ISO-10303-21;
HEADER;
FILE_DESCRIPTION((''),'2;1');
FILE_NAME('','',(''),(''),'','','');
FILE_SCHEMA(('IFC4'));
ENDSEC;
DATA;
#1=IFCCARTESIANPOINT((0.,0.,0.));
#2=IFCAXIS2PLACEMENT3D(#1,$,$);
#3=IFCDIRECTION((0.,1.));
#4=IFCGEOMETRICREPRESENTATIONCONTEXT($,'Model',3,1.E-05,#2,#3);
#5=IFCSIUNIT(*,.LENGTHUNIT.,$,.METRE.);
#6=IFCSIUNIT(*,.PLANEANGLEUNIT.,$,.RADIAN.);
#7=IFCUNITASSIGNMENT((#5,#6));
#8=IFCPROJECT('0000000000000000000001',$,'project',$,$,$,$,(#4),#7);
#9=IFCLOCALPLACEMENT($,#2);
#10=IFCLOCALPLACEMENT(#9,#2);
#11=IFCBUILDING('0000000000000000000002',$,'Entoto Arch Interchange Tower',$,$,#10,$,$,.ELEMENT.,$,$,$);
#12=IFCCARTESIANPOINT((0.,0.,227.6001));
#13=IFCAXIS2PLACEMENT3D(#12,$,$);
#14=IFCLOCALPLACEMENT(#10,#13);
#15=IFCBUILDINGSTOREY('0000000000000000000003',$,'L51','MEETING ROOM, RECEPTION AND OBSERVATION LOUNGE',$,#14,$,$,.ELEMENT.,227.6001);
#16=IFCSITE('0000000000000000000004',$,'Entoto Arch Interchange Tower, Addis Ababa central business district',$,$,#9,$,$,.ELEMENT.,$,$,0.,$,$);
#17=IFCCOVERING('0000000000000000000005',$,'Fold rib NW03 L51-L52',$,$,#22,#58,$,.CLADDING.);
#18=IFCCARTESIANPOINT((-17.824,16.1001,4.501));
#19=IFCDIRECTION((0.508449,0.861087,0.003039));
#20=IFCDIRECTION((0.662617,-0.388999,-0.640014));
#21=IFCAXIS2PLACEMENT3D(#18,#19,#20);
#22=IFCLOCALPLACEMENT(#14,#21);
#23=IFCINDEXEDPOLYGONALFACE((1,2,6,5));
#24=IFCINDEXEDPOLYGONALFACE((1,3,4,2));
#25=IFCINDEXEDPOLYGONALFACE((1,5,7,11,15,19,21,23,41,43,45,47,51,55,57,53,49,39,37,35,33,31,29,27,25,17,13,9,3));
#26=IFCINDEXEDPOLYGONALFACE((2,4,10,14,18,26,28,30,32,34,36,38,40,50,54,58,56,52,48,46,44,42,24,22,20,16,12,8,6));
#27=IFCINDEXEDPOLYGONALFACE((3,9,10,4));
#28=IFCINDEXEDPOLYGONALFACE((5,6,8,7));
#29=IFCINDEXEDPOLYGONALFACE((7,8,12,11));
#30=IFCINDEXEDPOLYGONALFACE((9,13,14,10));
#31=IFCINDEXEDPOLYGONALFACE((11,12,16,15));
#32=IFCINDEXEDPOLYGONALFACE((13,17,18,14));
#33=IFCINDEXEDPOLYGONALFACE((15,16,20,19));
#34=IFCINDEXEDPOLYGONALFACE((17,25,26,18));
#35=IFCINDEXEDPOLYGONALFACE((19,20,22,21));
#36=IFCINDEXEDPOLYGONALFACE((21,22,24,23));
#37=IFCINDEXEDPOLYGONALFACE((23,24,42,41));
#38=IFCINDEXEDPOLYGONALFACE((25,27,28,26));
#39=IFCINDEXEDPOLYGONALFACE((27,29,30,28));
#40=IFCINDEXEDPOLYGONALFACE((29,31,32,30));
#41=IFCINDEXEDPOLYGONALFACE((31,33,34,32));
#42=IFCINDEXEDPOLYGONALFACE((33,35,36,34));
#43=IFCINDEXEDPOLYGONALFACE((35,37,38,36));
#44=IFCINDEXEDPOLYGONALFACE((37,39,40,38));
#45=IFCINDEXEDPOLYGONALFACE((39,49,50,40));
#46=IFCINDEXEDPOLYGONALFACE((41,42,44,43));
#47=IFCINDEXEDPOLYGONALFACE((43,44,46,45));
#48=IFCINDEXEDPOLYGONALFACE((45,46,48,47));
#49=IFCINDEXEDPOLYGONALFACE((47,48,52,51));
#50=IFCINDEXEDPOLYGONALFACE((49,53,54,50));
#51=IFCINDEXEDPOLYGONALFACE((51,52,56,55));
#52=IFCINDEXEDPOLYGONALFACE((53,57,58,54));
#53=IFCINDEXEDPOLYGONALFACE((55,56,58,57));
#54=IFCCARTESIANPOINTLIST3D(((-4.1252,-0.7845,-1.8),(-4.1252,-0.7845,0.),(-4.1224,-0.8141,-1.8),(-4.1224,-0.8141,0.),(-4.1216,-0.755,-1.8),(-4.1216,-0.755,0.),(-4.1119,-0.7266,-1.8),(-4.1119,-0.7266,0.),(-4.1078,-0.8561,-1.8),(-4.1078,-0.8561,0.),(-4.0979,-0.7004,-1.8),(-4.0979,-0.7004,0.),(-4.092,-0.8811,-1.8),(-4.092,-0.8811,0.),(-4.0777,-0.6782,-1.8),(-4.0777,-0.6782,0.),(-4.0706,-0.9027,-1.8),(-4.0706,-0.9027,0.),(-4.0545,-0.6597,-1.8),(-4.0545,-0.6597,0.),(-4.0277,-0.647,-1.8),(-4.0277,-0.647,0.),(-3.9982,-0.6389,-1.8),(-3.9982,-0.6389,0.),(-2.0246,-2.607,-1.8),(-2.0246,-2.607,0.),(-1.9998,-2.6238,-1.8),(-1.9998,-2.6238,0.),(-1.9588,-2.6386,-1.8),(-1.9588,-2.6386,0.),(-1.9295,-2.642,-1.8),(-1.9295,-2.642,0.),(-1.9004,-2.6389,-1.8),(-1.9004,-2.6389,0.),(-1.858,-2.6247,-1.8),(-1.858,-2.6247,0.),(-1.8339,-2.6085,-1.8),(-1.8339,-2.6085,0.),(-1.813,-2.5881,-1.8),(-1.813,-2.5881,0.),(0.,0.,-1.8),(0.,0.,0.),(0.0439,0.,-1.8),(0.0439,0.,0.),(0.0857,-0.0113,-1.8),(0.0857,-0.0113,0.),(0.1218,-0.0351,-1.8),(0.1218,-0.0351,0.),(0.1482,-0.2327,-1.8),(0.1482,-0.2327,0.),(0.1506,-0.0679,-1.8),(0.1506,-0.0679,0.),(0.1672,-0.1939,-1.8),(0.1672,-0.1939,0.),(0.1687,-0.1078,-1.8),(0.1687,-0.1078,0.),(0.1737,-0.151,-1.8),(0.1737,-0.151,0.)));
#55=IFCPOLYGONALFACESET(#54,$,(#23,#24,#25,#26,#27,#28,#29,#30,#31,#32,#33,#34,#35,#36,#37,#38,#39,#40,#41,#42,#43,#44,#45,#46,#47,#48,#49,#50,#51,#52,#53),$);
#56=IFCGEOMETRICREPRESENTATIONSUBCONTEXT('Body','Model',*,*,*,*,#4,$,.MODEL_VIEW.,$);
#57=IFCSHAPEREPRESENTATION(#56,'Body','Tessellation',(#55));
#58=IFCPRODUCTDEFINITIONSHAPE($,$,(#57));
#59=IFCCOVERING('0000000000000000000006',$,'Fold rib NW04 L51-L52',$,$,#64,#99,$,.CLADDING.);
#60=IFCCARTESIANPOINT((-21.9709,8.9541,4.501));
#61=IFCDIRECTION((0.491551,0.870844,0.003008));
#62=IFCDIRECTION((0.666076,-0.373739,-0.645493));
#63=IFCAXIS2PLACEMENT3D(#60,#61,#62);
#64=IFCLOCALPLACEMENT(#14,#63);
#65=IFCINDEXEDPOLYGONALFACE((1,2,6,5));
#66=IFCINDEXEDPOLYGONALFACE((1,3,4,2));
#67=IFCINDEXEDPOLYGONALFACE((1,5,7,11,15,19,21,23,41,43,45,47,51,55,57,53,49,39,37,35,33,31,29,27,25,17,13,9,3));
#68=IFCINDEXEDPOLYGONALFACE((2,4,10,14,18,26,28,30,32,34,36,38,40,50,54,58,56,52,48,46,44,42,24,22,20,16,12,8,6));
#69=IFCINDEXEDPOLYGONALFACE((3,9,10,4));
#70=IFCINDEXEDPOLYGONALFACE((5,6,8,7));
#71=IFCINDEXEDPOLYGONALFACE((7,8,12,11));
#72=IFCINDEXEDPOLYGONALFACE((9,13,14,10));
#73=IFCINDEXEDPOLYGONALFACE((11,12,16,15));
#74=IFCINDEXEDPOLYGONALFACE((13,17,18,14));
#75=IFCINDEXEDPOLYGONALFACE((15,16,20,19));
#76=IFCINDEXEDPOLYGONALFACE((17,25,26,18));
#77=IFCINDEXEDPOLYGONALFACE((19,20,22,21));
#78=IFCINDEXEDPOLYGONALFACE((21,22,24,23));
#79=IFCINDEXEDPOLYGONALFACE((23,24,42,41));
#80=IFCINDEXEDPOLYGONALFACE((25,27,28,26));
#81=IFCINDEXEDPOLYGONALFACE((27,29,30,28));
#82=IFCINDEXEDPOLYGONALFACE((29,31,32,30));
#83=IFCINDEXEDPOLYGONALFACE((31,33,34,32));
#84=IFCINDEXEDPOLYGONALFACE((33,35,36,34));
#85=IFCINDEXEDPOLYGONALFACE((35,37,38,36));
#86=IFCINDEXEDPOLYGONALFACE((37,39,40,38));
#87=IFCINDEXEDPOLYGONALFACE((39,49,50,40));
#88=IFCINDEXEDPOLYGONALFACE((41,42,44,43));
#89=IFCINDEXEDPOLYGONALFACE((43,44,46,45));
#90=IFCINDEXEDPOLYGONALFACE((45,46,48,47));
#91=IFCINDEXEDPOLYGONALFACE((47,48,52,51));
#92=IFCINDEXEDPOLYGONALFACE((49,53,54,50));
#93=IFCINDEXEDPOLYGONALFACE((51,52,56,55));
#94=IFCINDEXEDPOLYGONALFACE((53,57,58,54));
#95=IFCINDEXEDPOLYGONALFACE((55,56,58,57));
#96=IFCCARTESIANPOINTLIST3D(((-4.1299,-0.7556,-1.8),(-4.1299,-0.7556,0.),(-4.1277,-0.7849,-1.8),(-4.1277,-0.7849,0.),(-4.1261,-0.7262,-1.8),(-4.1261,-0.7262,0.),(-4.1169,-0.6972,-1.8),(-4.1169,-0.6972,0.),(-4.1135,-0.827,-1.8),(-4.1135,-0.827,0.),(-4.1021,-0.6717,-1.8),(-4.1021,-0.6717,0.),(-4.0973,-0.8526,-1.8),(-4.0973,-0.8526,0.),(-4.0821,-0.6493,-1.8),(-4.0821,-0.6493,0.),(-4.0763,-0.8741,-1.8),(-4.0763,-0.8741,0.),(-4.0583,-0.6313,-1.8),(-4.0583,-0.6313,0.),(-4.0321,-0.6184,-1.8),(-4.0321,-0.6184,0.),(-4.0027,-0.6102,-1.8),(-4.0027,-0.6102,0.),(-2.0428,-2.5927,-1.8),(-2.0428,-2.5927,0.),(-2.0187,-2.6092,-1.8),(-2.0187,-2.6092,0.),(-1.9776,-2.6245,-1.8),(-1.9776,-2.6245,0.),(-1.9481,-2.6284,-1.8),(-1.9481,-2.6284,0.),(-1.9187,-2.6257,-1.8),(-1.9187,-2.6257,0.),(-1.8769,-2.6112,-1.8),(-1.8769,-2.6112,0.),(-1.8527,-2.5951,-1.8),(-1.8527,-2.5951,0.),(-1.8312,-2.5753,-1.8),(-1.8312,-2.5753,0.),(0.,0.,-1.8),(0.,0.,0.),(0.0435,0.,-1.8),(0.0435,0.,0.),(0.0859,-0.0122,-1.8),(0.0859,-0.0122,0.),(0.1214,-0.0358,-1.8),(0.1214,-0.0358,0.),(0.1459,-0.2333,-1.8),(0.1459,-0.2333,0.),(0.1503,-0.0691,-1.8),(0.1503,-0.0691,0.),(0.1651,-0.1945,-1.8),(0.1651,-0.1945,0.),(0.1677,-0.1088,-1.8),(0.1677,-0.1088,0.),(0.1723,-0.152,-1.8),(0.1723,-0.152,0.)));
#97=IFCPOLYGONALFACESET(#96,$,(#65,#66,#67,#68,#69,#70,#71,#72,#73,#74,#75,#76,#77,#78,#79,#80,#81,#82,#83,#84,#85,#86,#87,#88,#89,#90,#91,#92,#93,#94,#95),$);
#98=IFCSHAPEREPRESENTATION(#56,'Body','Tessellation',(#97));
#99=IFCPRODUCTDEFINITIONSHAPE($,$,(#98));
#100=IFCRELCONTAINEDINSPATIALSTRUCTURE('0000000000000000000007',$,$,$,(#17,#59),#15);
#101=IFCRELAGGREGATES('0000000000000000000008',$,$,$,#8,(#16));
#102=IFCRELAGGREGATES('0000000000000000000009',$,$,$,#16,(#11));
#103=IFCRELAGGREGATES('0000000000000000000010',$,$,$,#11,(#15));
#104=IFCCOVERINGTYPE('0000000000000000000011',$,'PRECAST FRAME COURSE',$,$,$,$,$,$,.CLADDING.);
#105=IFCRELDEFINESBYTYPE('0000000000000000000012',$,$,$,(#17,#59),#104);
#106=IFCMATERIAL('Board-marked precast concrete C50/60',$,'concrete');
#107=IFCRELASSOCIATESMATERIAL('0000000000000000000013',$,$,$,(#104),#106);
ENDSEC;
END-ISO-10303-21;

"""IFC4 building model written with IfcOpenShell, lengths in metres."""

from ifc_helpers import new_model, si_unit, direction, frame, origin, place, context, subcontext, project, spatial, polyline, outline, extrude, material, type_object, element, save


model = new_model("IFC4")

# Units and contexts
model_context = context("Model", 3, precision=1e-05, world=origin(), true_north=direction((0.0, 1.0)))
body_context = subcontext(model_context, "Body", "Model", "MODEL_VIEW")
ifc_project = project(units=[si_unit("LENGTHUNIT", "METRE"), si_unit("PLANEANGLEUNIT", "RADIAN")], contexts=[model_context])

# Site, building, storey
site_placement = place(None, origin())
site = spatial("IfcSite", under=ifc_project, at=site_placement, Name="Entoto Arch Interchange Tower, Addis Ababa central business district", CompositionType="ELEMENT", RefElevation=0.0)
building_placement = place(site_placement, origin())
building = spatial("IfcBuilding", under=site, at=building_placement, Name="Entoto Arch Interchange Tower", CompositionType="ELEMENT")
storey_placement = place(building_placement, frame((0.0, 0.0, 227.6001)))
storey = spatial("IfcBuildingStorey", under=building, at=storey_placement, Name="L51", Description="MEETING ROOM, RECEPTION AND OBSERVATION LOUNGE", CompositionType="ELEMENT", Elevation=227.6001)

# Coverings
ifc_material_1 = material(Name="Board-marked precast concrete C50/60", Category="concrete")
covering_type = type_object("IfcCoveringType", Name="PRECAST FRAME COURSE", PredefinedType="CLADDING", material=ifc_material_1)
covering_1_placement = place(storey_placement, frame((-17.824, 16.1001, 4.501), z_axis=(0.508449, 0.861087, 0.003039), x_axis=(0.662617, -0.388999, -0.640014)))
element("IfcCovering", 1, at=covering_1_placement, inside=storey, type_object=covering_type, Name="Fold rib NW03 L51-L52", PredefinedType="CLADDING", context=body_context, shape_type="SweptSolid", body=[
    extrude(outline(polyline([(0.0, 0.0), (0.0439, 0.0), (0.0857, -0.0113), (0.1218, -0.0351), (0.1506, -0.0679), (0.1687, -0.1078), (0.1737, -0.151), (0.1672, -0.1939), (0.1482, -0.2327), (-1.813, -2.5881), (-1.8339, -2.6085), (-1.858, -2.6247), (-1.9004, -2.6389), (-1.9295, -2.642), (-1.9588, -2.6386), (-1.9998, -2.6238), (-2.0246, -2.607), (-4.0706, -0.9027), (-4.092, -0.8811), (-4.1078, -0.8561), (-4.1224, -0.8141), (-4.1252, -0.7845), (-4.1216, -0.755), (-4.1119, -0.7266), (-4.0979, -0.7004), (-4.0777, -0.6782), (-4.0545, -0.6597), (-4.0277, -0.647), (-3.9982, -0.6389), (0.0, 0.0)])), origin(), (0.0, 0.0, -1.0), 1.8),
])
covering_2_placement = place(storey_placement, frame((-21.9709, 8.9541, 4.501), z_axis=(0.491551, 0.870844, 0.003008), x_axis=(0.666076, -0.373739, -0.645493)))
element("IfcCovering", 2, at=covering_2_placement, inside=storey, type_object=covering_type, Name="Fold rib NW04 L51-L52", PredefinedType="CLADDING", context=body_context, shape_type="SweptSolid", body=[
    extrude(outline(polyline([(0.0, 0.0), (0.0435, 0.0), (0.0859, -0.0122), (0.1214, -0.0358), (0.1503, -0.0691), (0.1677, -0.1088), (0.1723, -0.152), (0.1651, -0.1945), (0.1459, -0.2333), (-1.8312, -2.5753), (-1.8527, -2.5951), (-1.8769, -2.6112), (-1.9187, -2.6257), (-1.9481, -2.6284), (-1.9776, -2.6245), (-2.0187, -2.6092), (-2.0428, -2.5927), (-4.0763, -0.8741), (-4.0973, -0.8526), (-4.1135, -0.827), (-4.1277, -0.7849), (-4.1299, -0.7556), (-4.1261, -0.7262), (-4.1169, -0.6972), (-4.1021, -0.6717), (-4.0821, -0.6493), (-4.0583, -0.6313), (-4.0321, -0.6184), (-4.0027, -0.6102), (0.0, 0.0)])), origin(), (0.0, 0.0, -1.0), 1.8),
])

save(model, "model.ifc")
